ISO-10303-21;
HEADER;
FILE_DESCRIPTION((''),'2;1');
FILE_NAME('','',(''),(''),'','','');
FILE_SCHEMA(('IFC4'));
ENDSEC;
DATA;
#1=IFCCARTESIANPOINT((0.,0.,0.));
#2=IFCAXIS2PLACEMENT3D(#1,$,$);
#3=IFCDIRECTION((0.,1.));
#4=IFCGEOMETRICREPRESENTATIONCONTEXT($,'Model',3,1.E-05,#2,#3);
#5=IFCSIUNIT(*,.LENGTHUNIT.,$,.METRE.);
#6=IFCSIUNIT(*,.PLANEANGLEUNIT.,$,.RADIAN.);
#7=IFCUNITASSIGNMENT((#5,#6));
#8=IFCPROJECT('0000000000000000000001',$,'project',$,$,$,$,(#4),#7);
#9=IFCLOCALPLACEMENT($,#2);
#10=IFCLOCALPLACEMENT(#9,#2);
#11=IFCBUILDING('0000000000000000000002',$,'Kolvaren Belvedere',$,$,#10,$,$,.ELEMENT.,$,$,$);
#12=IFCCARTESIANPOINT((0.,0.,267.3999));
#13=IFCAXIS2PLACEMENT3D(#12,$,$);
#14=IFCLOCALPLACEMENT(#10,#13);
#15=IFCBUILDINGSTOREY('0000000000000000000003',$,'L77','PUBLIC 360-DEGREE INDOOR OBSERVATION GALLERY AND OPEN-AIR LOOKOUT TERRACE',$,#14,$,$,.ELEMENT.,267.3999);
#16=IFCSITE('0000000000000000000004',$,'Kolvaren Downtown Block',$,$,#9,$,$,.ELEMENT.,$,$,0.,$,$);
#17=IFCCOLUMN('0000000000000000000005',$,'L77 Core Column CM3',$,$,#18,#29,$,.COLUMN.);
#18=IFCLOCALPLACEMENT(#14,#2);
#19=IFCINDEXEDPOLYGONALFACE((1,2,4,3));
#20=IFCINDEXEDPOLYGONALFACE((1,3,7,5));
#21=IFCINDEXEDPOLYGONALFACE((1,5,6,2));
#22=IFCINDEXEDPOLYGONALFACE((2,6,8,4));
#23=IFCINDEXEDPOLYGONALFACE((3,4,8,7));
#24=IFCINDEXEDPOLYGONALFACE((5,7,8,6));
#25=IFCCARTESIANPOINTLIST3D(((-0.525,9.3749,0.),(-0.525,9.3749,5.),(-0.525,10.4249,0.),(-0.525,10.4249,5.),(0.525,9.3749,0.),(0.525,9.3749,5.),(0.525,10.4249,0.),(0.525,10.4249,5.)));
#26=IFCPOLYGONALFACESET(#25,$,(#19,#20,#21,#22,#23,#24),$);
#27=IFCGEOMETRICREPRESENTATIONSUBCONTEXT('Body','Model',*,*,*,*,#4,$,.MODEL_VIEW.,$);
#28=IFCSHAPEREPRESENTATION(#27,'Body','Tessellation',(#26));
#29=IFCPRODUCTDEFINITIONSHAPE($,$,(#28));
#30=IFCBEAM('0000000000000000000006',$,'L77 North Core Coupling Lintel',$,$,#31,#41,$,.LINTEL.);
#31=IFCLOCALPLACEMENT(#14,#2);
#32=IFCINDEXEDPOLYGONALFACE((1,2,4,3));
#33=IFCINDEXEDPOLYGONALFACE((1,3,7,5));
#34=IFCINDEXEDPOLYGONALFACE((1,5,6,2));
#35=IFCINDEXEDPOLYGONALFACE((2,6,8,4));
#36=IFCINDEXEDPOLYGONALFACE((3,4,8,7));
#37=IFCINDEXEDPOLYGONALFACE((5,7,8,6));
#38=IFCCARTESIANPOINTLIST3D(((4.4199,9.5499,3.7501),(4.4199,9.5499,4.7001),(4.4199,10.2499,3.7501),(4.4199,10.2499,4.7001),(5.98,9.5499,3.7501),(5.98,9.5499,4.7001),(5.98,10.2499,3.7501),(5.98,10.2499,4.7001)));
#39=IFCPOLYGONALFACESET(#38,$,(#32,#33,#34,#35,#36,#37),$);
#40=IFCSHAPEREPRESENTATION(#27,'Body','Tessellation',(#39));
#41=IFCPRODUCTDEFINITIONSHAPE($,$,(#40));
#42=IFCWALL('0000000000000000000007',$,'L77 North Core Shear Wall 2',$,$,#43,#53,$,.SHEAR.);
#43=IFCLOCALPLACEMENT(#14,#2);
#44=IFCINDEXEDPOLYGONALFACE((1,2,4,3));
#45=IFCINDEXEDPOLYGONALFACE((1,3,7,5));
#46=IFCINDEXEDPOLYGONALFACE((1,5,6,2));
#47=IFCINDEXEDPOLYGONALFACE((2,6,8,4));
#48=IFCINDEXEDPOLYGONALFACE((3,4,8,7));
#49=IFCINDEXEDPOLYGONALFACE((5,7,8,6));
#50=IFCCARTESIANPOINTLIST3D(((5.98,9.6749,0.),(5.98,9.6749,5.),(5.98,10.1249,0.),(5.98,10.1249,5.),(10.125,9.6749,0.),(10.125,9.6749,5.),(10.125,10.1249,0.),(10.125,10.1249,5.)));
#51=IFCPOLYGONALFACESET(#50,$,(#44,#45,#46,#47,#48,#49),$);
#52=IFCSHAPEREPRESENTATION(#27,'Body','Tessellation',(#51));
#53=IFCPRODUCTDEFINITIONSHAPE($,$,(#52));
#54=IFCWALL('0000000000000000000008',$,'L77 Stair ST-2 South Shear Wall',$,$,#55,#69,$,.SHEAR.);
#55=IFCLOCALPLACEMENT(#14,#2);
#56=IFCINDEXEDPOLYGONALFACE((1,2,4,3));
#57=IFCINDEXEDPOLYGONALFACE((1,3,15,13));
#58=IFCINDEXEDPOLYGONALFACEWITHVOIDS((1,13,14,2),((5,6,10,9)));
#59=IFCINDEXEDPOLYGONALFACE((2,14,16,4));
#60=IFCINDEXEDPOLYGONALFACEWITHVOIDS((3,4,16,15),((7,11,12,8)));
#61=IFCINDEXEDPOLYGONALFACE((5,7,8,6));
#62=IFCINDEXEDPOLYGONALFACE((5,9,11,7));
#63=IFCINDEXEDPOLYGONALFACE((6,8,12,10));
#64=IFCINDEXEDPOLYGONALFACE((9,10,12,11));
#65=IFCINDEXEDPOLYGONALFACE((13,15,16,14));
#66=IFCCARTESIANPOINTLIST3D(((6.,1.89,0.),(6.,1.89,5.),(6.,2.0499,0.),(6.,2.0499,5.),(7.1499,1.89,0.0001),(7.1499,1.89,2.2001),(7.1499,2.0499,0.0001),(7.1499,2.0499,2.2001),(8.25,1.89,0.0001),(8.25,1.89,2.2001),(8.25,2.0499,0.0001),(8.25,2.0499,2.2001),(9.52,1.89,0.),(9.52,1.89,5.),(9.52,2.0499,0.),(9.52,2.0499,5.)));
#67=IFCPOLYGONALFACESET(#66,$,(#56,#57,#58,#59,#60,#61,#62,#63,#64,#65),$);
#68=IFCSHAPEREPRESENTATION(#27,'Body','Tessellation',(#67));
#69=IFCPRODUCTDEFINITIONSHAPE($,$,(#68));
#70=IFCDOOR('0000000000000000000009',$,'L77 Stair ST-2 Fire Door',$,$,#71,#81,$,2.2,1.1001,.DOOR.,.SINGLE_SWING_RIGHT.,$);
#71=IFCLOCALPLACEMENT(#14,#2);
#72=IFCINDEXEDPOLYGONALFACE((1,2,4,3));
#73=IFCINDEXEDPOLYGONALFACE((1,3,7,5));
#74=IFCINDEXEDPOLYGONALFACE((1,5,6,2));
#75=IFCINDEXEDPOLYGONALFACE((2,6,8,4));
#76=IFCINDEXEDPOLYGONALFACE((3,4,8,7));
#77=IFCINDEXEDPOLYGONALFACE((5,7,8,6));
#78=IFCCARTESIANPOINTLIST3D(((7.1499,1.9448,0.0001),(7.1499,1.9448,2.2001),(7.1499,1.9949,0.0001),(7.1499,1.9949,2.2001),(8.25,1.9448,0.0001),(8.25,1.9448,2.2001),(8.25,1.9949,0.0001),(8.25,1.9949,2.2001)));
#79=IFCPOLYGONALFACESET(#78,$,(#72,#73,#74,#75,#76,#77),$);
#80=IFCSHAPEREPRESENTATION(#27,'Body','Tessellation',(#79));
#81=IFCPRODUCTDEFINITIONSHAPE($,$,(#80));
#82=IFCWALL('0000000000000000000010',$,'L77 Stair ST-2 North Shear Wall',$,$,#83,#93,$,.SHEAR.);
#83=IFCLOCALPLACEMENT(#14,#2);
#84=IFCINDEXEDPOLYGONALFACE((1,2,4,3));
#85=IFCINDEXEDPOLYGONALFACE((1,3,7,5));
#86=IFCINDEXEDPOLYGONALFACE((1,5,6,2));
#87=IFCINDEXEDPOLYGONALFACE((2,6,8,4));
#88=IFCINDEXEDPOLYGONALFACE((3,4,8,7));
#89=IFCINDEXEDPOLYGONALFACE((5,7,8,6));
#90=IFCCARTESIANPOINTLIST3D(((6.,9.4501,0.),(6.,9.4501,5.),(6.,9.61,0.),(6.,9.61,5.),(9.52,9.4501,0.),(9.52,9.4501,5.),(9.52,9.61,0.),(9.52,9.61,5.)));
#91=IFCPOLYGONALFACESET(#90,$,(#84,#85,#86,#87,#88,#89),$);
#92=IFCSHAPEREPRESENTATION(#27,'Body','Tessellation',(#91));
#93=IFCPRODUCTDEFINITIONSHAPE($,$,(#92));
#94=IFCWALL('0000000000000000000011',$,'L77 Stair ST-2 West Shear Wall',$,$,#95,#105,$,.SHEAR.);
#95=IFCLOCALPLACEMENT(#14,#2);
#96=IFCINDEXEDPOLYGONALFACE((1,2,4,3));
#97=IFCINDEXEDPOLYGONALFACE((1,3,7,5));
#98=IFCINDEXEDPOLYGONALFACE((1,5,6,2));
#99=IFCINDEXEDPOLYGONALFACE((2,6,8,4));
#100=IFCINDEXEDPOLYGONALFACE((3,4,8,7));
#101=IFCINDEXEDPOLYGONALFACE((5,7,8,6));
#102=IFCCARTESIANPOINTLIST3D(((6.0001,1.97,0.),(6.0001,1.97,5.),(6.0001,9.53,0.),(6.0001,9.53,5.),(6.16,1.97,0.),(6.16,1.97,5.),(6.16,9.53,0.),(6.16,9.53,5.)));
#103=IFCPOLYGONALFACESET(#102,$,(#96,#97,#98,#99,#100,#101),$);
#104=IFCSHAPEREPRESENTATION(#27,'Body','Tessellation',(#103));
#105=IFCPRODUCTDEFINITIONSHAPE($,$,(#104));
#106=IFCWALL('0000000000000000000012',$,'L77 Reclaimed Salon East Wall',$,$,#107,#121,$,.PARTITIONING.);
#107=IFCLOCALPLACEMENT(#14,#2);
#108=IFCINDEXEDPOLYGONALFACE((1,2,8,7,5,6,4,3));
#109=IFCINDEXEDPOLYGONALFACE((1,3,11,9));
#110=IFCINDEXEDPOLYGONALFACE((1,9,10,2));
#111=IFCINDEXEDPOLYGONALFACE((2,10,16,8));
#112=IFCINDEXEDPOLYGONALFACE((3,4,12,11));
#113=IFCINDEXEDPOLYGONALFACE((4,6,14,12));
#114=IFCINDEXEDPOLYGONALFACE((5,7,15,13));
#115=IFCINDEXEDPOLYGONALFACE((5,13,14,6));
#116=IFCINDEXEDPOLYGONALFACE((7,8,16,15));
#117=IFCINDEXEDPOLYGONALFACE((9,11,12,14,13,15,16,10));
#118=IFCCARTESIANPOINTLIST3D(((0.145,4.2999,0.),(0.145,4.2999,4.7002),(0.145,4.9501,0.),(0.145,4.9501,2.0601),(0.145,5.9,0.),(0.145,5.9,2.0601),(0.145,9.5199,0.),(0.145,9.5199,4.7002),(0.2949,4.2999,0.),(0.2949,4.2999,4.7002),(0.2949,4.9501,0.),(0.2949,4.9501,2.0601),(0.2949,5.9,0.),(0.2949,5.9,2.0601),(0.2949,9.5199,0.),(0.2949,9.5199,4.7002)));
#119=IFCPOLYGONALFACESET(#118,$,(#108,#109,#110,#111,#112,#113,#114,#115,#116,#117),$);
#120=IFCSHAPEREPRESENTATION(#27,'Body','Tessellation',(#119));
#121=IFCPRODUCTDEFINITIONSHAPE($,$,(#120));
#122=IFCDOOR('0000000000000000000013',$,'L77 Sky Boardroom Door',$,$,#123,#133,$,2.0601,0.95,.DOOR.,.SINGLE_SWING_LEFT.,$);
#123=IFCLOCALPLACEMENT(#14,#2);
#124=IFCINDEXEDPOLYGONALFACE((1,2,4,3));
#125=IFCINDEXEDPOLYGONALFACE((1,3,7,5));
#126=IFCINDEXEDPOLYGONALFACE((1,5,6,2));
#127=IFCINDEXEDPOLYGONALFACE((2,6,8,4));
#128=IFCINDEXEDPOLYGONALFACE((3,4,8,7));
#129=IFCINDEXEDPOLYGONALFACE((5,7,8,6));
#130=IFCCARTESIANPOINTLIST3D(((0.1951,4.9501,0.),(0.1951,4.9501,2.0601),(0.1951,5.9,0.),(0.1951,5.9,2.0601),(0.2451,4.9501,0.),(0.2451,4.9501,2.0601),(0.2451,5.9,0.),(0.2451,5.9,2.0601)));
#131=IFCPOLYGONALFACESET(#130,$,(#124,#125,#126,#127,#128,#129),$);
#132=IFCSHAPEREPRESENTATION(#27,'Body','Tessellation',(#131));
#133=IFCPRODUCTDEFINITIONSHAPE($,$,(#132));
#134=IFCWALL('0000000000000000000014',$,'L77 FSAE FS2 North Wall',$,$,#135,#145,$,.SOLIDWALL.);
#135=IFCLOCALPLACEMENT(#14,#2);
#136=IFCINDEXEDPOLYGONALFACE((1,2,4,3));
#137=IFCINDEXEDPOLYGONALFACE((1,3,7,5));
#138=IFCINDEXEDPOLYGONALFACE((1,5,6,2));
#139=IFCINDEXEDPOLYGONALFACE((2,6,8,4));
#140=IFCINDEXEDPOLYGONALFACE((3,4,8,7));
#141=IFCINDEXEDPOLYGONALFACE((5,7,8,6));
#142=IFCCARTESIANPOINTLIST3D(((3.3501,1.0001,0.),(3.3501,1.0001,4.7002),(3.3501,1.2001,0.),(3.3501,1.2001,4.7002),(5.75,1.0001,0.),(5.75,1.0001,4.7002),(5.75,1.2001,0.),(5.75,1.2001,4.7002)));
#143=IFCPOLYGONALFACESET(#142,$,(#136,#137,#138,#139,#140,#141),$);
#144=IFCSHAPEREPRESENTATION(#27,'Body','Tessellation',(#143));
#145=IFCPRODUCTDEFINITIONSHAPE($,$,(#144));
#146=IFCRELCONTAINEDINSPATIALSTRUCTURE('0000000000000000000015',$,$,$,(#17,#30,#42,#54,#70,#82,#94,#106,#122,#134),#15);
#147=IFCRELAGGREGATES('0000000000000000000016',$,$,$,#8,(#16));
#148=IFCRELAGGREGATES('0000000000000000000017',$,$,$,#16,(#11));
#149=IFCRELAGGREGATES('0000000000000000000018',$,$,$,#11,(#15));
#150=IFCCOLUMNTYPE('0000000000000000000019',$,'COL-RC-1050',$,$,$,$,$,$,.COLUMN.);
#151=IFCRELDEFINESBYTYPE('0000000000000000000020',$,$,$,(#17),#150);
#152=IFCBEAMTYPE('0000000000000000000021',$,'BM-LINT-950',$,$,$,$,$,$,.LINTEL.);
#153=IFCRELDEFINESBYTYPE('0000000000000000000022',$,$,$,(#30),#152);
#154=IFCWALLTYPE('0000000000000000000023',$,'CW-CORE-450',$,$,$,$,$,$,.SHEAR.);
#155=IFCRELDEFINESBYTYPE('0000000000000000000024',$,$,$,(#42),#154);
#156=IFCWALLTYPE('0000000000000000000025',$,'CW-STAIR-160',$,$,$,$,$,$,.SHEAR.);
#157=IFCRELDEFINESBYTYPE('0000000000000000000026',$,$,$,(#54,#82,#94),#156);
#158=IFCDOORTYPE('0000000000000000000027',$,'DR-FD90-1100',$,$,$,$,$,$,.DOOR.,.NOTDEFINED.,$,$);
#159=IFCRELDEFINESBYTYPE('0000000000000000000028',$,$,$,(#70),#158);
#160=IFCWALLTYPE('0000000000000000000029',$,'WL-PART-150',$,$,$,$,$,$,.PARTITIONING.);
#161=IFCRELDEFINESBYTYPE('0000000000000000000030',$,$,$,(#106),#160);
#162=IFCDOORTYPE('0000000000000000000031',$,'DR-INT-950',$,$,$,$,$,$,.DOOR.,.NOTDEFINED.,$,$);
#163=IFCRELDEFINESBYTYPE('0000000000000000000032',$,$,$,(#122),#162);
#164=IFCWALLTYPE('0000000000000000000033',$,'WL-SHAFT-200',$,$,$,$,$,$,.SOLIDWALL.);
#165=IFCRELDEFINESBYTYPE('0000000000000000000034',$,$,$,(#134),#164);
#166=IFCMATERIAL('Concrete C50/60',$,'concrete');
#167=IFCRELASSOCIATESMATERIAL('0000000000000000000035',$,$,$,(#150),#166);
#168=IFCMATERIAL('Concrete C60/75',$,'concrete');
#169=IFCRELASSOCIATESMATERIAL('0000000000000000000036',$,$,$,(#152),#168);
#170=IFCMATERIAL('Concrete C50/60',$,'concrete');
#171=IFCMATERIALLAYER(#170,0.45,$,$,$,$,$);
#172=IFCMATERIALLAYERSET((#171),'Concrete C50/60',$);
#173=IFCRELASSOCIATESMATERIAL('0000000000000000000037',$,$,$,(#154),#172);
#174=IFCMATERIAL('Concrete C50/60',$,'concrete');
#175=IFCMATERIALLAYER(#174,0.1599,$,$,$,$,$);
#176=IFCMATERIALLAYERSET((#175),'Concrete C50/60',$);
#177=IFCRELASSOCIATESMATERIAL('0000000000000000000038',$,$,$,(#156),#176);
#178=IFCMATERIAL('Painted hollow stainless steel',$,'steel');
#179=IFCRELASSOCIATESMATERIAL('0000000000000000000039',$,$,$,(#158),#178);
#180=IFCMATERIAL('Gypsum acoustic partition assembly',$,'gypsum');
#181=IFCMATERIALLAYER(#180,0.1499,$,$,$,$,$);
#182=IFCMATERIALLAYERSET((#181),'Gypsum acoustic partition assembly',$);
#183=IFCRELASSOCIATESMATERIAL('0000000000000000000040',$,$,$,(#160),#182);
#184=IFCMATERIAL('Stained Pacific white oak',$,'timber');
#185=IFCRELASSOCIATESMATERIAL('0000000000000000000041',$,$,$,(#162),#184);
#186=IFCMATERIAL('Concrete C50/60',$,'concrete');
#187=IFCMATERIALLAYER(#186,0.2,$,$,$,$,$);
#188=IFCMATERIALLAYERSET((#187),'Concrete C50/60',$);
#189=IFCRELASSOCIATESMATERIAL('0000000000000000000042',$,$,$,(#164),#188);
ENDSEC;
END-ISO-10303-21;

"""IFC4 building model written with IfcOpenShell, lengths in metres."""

from ifc_helpers import new_model, si_unit, direction, frame, frame_2d, origin, origin_2d, place, context, subcontext, project, spatial, rectangle, extrude, material, layer, layer_set, material_profile, profile_set, type_object, element, fill, save


model = new_model("IFC4")

# Units and contexts
model_context = context("Model", 3, precision=1e-05, world=origin(), true_north=direction((0.0, 1.0)))
body_context = subcontext(model_context, "Body", "Model", "MODEL_VIEW")
ifc_project = project(units=[si_unit("LENGTHUNIT", "METRE"), si_unit("PLANEANGLEUNIT", "RADIAN")], contexts=[model_context])

# Site, building, storey
site_placement = place(None, origin())
site = spatial("IfcSite", under=ifc_project, at=site_placement, Name="Kolvaren Downtown Block", CompositionType="ELEMENT", RefElevation=0.0)
building_placement = place(site_placement, origin())
building = spatial("IfcBuilding", under=site, at=building_placement, Name="Kolvaren Belvedere", CompositionType="ELEMENT")
storey_placement = place(building_placement, frame((0.0, 0.0, 267.3999)))
storey = spatial("IfcBuildingStorey", under=building, at=storey_placement, Name="L77", Description="PUBLIC 360-DEGREE INDOOR OBSERVATION GALLERY AND OPEN-AIR LOOKOUT TERRACE", CompositionType="ELEMENT", Elevation=267.3999)

# Column
ifc_material_1 = material(Name="Concrete C50/60", Category="concrete")
ifc_material_profile_1 = material_profile(ifc_material_1, rectangle(XDim=1.05, YDim=1.05, at=origin_2d()), Name="RC 1050X1050")
ifc_profile_set_1 = profile_set([ifc_material_profile_1], Name="Concrete C50/60")
column_type = type_object("IfcColumnType", Name="COL-RC-1050", PredefinedType="COLUMN", material=ifc_profile_set_1)
column_placement = place(storey_placement, frame((0.0, 9.8999, 0.0), z_axis=(0.0, 0.0, 1.0), x_axis=(1.0, 0.0, 0.0)))
element("IfcColumn", 1, at=column_placement, inside=storey, type_object=column_type, Name="L77 Core Column CM3", PredefinedType="COLUMN", context=body_context, shape_type="SweptSolid", body=[
    extrude(rectangle(XDim=1.05, YDim=1.05, at=origin_2d()), origin(), (0.0, 0.0, 1.0), 5.0),
])

# Beam
ifc_material_2 = material(Name="Concrete C60/75", Category="concrete")
ifc_material_profile_2 = material_profile(ifc_material_2, rectangle(XDim=0.7, YDim=0.95, at=origin_2d()), Name="RC 700X950")
ifc_profile_set_2 = profile_set([ifc_material_profile_2], Name="Concrete C60/75")
beam_type = type_object("IfcBeamType", Name="BM-LINT-950", PredefinedType="LINTEL", material=ifc_profile_set_2)
beam_placement = place(storey_placement, frame((4.4199, 9.8999, 4.2251), z_axis=(1.0, 0.0, 0.0), x_axis=(0.0, 1.0, 0.0)))
element("IfcBeam", 2, at=beam_placement, inside=storey, type_object=beam_type, Name="L77 North Core Coupling Lintel", PredefinedType="LINTEL", context=body_context, shape_type="SweptSolid", body=[
    extrude(rectangle(XDim=0.7, YDim=0.95, at=origin_2d()), origin(), (0.0, 0.0, 1.0), 1.5601),
])

# Wall
ifc_material_3 = material(Name="Concrete C50/60", Category="concrete")
ifc_layer_1 = layer(ifc_material_3, 0.45)
ifc_layer_set_1 = layer_set([ifc_layer_1], Name="Concrete C50/60")
wall_type_1 = type_object("IfcWallType", Name="CW-CORE-450", PredefinedType="SHEAR", material=ifc_layer_set_1)
wall_1_placement = place(storey_placement, frame((5.98, 9.8999, 0.0), z_axis=(0.0, 0.0, 1.0), x_axis=(1.0, 0.0, 0.0)))
element("IfcWall", 3, at=wall_1_placement, inside=storey, type_object=wall_type_1, Name="L77 North Core Shear Wall 2", PredefinedType="SHEAR", context=body_context, shape_type="SweptSolid", body=[
    extrude(rectangle(XDim=4.145, YDim=0.45, at=frame_2d((2.0725, 0.0))), origin(), (0.0, 0.0, 1.0), 5.0),
])

# Wall, opening, door
ifc_material_4 = material(Name="Concrete C50/60", Category="concrete")
ifc_layer_2 = layer(ifc_material_4, 0.1599)
ifc_layer_set_2 = layer_set([ifc_layer_2], Name="Concrete C50/60")
wall_type_2 = type_object("IfcWallType", Name="CW-STAIR-160", PredefinedType="SHEAR", material=ifc_layer_set_2)
wall_2_placement = place(storey_placement, frame((6.0, 1.97, 0.0), z_axis=(0.0, 0.0, 1.0), x_axis=(1.0, 0.0, 0.0)))
wall_2 = element("IfcWall", 4, at=wall_2_placement, inside=storey, type_object=wall_type_2, Name="L77 Stair ST-2 South Shear Wall", PredefinedType="SHEAR", context=body_context, shape_type="SweptSolid", body=[
    extrude(rectangle(XDim=3.52, YDim=0.1599, at=frame_2d((1.76, 0.0))), origin(), (0.0, 0.0, 1.0), 5.0),
])
opening_1_placement = place(wall_2_placement, frame((1.1499, 0.0, 0.0)))
opening_1 = element("IfcOpeningElement", 5, at=opening_1_placement, cuts=wall_2, PredefinedType="OPENING", context=body_context, shape_type="SweptSolid", body=[
    extrude(rectangle(XDim=1.1001, YDim=2.2, at=frame_2d((0.55, 1.1001))), frame((0.0, 0.0898, 0.0), z_axis=(0.0, -1.0, 0.0), x_axis=(1.0, 0.0, 0.0)), (0.0, 0.0, 1.0), 0.1799),
])
ifc_material_5 = material(Name="Painted hollow stainless steel", Category="steel")
door_type_1 = type_object("IfcDoorType", Name="DR-FD90-1100", OperationType="NOTDEFINED", PredefinedType="DOOR", material=ifc_material_5)
door_1_placement = place(opening_1_placement, origin())
door_1 = element("IfcDoor", 6, at=door_1_placement, inside=storey, type_object=door_type_1, Name="L77 Stair ST-2 Fire Door", OperationType="SINGLE_SWING_RIGHT", OverallHeight=2.2, OverallWidth=1.1001, PredefinedType="DOOR", context=body_context, shape_type="SweptSolid", body=[
    extrude(rectangle(XDim=1.1001, YDim=2.2, at=frame_2d((0.55, 1.1001))), frame((0.0, 0.0249, 0.0), z_axis=(0.0, -1.0, 0.0), x_axis=(1.0, 0.0, 0.0)), (0.0, 0.0, 1.0), 0.05),
])
fill(opening_1, door_1)

# Walls
wall_3_placement = place(storey_placement, frame((6.0, 9.53, 0.0), z_axis=(0.0, 0.0, 1.0), x_axis=(1.0, 0.0, 0.0)))
element("IfcWall", 7, at=wall_3_placement, inside=storey, type_object=wall_type_2, Name="L77 Stair ST-2 North Shear Wall", PredefinedType="SHEAR", context=body_context, shape_type="SweptSolid", body=[
    extrude(rectangle(XDim=3.52, YDim=0.1599, at=frame_2d((1.76, 0.0))), origin(), (0.0, 0.0, 1.0), 5.0),
])
wall_4_placement = place(storey_placement, frame((6.0801, 1.97, 0.0), z_axis=(0.0, 0.0, 1.0), x_axis=(0.0, 1.0, 0.0)))
element("IfcWall", 8, at=wall_4_placement, inside=storey, type_object=wall_type_2, Name="L77 Stair ST-2 West Shear Wall", PredefinedType="SHEAR", context=body_context, shape_type="SweptSolid", body=[
    extrude(rectangle(XDim=7.5601, YDim=0.1599, at=frame_2d((3.78, 0.0))), origin(), (0.0, 0.0, 1.0), 5.0),
])

# Wall, opening, door
ifc_material_6 = material(Name="Gypsum acoustic partition assembly", Category="gypsum")
ifc_layer_3 = layer(ifc_material_6, 0.1499)
ifc_layer_set_3 = layer_set([ifc_layer_3], Name="Gypsum acoustic partition assembly")
wall_type_3 = type_object("IfcWallType", Name="WL-PART-150", PredefinedType="PARTITIONING", material=ifc_layer_set_3)
wall_5_placement = place(storey_placement, frame((0.22, 4.3, 0.0), z_axis=(0.0, 0.0, 1.0), x_axis=(0.0, 1.0, 0.0)))
wall_5 = element("IfcWall", 9, at=wall_5_placement, inside=storey, type_object=wall_type_3, Name="L77 Reclaimed Salon East Wall", PredefinedType="PARTITIONING", context=body_context, shape_type="SweptSolid", body=[
    extrude(rectangle(XDim=5.22, YDim=0.1499, at=frame_2d((2.6099, 0.0))), origin(), (0.0, 0.0, 1.0), 4.7002),
])
opening_2_placement = place(wall_5_placement, frame((0.6499, 0.0, 0.0)))
opening_2 = element("IfcOpeningElement", 10, at=opening_2_placement, cuts=wall_5, PredefinedType="OPENING", context=body_context, shape_type="SweptSolid", body=[
    extrude(rectangle(XDim=0.95, YDim=2.0601, at=frame_2d((0.4751, 1.03))), frame((0.0, 0.085, 0.0), z_axis=(0.0, -1.0, 0.0), x_axis=(1.0, 0.0, 0.0)), (0.0, 0.0, 1.0), 0.1699),
])
ifc_material_7 = material(Name="Stained Pacific white oak", Category="timber")
door_type_2 = type_object("IfcDoorType", Name="DR-INT-950", OperationType="NOTDEFINED", PredefinedType="DOOR", material=ifc_material_7)
door_2_placement = place(opening_2_placement, origin())
door_2 = element("IfcDoor", 11, at=door_2_placement, inside=storey, type_object=door_type_2, Name="L77 Sky Boardroom Door", OperationType="SINGLE_SWING_LEFT", OverallHeight=2.0601, OverallWidth=0.95, PredefinedType="DOOR", context=body_context, shape_type="SweptSolid", body=[
    extrude(rectangle(XDim=0.95, YDim=2.0601, at=frame_2d((0.4751, 1.03))), frame((0.0, 0.0249, 0.0), z_axis=(0.0, -1.0, 0.0), x_axis=(1.0, 0.0, 0.0)), (0.0, 0.0, 1.0), 0.05),
])
fill(opening_2, door_2)

# Wall
ifc_material_8 = material(Name="Concrete C50/60", Category="concrete")
ifc_layer_4 = layer(ifc_material_8, 0.2)
ifc_layer_set_4 = layer_set([ifc_layer_4], Name="Concrete C50/60")
wall_type_4 = type_object("IfcWallType", Name="WL-SHAFT-200", PredefinedType="SOLIDWALL", material=ifc_layer_set_4)
wall_6_placement = place(storey_placement, frame((3.3501, 1.1001, 0.0), z_axis=(0.0, 0.0, 1.0), x_axis=(1.0, 0.0, 0.0)))
element("IfcWall", 12, at=wall_6_placement, inside=storey, type_object=wall_type_4, Name="L77 FSAE FS2 North Wall", PredefinedType="SOLIDWALL", context=body_context, shape_type="SweptSolid", body=[
    extrude(rectangle(XDim=2.3999, YDim=0.2, at=frame_2d((1.2, 0.0))), origin(), (0.0, 0.0, 1.0), 4.7002),
])

save(model, "model.ifc")
